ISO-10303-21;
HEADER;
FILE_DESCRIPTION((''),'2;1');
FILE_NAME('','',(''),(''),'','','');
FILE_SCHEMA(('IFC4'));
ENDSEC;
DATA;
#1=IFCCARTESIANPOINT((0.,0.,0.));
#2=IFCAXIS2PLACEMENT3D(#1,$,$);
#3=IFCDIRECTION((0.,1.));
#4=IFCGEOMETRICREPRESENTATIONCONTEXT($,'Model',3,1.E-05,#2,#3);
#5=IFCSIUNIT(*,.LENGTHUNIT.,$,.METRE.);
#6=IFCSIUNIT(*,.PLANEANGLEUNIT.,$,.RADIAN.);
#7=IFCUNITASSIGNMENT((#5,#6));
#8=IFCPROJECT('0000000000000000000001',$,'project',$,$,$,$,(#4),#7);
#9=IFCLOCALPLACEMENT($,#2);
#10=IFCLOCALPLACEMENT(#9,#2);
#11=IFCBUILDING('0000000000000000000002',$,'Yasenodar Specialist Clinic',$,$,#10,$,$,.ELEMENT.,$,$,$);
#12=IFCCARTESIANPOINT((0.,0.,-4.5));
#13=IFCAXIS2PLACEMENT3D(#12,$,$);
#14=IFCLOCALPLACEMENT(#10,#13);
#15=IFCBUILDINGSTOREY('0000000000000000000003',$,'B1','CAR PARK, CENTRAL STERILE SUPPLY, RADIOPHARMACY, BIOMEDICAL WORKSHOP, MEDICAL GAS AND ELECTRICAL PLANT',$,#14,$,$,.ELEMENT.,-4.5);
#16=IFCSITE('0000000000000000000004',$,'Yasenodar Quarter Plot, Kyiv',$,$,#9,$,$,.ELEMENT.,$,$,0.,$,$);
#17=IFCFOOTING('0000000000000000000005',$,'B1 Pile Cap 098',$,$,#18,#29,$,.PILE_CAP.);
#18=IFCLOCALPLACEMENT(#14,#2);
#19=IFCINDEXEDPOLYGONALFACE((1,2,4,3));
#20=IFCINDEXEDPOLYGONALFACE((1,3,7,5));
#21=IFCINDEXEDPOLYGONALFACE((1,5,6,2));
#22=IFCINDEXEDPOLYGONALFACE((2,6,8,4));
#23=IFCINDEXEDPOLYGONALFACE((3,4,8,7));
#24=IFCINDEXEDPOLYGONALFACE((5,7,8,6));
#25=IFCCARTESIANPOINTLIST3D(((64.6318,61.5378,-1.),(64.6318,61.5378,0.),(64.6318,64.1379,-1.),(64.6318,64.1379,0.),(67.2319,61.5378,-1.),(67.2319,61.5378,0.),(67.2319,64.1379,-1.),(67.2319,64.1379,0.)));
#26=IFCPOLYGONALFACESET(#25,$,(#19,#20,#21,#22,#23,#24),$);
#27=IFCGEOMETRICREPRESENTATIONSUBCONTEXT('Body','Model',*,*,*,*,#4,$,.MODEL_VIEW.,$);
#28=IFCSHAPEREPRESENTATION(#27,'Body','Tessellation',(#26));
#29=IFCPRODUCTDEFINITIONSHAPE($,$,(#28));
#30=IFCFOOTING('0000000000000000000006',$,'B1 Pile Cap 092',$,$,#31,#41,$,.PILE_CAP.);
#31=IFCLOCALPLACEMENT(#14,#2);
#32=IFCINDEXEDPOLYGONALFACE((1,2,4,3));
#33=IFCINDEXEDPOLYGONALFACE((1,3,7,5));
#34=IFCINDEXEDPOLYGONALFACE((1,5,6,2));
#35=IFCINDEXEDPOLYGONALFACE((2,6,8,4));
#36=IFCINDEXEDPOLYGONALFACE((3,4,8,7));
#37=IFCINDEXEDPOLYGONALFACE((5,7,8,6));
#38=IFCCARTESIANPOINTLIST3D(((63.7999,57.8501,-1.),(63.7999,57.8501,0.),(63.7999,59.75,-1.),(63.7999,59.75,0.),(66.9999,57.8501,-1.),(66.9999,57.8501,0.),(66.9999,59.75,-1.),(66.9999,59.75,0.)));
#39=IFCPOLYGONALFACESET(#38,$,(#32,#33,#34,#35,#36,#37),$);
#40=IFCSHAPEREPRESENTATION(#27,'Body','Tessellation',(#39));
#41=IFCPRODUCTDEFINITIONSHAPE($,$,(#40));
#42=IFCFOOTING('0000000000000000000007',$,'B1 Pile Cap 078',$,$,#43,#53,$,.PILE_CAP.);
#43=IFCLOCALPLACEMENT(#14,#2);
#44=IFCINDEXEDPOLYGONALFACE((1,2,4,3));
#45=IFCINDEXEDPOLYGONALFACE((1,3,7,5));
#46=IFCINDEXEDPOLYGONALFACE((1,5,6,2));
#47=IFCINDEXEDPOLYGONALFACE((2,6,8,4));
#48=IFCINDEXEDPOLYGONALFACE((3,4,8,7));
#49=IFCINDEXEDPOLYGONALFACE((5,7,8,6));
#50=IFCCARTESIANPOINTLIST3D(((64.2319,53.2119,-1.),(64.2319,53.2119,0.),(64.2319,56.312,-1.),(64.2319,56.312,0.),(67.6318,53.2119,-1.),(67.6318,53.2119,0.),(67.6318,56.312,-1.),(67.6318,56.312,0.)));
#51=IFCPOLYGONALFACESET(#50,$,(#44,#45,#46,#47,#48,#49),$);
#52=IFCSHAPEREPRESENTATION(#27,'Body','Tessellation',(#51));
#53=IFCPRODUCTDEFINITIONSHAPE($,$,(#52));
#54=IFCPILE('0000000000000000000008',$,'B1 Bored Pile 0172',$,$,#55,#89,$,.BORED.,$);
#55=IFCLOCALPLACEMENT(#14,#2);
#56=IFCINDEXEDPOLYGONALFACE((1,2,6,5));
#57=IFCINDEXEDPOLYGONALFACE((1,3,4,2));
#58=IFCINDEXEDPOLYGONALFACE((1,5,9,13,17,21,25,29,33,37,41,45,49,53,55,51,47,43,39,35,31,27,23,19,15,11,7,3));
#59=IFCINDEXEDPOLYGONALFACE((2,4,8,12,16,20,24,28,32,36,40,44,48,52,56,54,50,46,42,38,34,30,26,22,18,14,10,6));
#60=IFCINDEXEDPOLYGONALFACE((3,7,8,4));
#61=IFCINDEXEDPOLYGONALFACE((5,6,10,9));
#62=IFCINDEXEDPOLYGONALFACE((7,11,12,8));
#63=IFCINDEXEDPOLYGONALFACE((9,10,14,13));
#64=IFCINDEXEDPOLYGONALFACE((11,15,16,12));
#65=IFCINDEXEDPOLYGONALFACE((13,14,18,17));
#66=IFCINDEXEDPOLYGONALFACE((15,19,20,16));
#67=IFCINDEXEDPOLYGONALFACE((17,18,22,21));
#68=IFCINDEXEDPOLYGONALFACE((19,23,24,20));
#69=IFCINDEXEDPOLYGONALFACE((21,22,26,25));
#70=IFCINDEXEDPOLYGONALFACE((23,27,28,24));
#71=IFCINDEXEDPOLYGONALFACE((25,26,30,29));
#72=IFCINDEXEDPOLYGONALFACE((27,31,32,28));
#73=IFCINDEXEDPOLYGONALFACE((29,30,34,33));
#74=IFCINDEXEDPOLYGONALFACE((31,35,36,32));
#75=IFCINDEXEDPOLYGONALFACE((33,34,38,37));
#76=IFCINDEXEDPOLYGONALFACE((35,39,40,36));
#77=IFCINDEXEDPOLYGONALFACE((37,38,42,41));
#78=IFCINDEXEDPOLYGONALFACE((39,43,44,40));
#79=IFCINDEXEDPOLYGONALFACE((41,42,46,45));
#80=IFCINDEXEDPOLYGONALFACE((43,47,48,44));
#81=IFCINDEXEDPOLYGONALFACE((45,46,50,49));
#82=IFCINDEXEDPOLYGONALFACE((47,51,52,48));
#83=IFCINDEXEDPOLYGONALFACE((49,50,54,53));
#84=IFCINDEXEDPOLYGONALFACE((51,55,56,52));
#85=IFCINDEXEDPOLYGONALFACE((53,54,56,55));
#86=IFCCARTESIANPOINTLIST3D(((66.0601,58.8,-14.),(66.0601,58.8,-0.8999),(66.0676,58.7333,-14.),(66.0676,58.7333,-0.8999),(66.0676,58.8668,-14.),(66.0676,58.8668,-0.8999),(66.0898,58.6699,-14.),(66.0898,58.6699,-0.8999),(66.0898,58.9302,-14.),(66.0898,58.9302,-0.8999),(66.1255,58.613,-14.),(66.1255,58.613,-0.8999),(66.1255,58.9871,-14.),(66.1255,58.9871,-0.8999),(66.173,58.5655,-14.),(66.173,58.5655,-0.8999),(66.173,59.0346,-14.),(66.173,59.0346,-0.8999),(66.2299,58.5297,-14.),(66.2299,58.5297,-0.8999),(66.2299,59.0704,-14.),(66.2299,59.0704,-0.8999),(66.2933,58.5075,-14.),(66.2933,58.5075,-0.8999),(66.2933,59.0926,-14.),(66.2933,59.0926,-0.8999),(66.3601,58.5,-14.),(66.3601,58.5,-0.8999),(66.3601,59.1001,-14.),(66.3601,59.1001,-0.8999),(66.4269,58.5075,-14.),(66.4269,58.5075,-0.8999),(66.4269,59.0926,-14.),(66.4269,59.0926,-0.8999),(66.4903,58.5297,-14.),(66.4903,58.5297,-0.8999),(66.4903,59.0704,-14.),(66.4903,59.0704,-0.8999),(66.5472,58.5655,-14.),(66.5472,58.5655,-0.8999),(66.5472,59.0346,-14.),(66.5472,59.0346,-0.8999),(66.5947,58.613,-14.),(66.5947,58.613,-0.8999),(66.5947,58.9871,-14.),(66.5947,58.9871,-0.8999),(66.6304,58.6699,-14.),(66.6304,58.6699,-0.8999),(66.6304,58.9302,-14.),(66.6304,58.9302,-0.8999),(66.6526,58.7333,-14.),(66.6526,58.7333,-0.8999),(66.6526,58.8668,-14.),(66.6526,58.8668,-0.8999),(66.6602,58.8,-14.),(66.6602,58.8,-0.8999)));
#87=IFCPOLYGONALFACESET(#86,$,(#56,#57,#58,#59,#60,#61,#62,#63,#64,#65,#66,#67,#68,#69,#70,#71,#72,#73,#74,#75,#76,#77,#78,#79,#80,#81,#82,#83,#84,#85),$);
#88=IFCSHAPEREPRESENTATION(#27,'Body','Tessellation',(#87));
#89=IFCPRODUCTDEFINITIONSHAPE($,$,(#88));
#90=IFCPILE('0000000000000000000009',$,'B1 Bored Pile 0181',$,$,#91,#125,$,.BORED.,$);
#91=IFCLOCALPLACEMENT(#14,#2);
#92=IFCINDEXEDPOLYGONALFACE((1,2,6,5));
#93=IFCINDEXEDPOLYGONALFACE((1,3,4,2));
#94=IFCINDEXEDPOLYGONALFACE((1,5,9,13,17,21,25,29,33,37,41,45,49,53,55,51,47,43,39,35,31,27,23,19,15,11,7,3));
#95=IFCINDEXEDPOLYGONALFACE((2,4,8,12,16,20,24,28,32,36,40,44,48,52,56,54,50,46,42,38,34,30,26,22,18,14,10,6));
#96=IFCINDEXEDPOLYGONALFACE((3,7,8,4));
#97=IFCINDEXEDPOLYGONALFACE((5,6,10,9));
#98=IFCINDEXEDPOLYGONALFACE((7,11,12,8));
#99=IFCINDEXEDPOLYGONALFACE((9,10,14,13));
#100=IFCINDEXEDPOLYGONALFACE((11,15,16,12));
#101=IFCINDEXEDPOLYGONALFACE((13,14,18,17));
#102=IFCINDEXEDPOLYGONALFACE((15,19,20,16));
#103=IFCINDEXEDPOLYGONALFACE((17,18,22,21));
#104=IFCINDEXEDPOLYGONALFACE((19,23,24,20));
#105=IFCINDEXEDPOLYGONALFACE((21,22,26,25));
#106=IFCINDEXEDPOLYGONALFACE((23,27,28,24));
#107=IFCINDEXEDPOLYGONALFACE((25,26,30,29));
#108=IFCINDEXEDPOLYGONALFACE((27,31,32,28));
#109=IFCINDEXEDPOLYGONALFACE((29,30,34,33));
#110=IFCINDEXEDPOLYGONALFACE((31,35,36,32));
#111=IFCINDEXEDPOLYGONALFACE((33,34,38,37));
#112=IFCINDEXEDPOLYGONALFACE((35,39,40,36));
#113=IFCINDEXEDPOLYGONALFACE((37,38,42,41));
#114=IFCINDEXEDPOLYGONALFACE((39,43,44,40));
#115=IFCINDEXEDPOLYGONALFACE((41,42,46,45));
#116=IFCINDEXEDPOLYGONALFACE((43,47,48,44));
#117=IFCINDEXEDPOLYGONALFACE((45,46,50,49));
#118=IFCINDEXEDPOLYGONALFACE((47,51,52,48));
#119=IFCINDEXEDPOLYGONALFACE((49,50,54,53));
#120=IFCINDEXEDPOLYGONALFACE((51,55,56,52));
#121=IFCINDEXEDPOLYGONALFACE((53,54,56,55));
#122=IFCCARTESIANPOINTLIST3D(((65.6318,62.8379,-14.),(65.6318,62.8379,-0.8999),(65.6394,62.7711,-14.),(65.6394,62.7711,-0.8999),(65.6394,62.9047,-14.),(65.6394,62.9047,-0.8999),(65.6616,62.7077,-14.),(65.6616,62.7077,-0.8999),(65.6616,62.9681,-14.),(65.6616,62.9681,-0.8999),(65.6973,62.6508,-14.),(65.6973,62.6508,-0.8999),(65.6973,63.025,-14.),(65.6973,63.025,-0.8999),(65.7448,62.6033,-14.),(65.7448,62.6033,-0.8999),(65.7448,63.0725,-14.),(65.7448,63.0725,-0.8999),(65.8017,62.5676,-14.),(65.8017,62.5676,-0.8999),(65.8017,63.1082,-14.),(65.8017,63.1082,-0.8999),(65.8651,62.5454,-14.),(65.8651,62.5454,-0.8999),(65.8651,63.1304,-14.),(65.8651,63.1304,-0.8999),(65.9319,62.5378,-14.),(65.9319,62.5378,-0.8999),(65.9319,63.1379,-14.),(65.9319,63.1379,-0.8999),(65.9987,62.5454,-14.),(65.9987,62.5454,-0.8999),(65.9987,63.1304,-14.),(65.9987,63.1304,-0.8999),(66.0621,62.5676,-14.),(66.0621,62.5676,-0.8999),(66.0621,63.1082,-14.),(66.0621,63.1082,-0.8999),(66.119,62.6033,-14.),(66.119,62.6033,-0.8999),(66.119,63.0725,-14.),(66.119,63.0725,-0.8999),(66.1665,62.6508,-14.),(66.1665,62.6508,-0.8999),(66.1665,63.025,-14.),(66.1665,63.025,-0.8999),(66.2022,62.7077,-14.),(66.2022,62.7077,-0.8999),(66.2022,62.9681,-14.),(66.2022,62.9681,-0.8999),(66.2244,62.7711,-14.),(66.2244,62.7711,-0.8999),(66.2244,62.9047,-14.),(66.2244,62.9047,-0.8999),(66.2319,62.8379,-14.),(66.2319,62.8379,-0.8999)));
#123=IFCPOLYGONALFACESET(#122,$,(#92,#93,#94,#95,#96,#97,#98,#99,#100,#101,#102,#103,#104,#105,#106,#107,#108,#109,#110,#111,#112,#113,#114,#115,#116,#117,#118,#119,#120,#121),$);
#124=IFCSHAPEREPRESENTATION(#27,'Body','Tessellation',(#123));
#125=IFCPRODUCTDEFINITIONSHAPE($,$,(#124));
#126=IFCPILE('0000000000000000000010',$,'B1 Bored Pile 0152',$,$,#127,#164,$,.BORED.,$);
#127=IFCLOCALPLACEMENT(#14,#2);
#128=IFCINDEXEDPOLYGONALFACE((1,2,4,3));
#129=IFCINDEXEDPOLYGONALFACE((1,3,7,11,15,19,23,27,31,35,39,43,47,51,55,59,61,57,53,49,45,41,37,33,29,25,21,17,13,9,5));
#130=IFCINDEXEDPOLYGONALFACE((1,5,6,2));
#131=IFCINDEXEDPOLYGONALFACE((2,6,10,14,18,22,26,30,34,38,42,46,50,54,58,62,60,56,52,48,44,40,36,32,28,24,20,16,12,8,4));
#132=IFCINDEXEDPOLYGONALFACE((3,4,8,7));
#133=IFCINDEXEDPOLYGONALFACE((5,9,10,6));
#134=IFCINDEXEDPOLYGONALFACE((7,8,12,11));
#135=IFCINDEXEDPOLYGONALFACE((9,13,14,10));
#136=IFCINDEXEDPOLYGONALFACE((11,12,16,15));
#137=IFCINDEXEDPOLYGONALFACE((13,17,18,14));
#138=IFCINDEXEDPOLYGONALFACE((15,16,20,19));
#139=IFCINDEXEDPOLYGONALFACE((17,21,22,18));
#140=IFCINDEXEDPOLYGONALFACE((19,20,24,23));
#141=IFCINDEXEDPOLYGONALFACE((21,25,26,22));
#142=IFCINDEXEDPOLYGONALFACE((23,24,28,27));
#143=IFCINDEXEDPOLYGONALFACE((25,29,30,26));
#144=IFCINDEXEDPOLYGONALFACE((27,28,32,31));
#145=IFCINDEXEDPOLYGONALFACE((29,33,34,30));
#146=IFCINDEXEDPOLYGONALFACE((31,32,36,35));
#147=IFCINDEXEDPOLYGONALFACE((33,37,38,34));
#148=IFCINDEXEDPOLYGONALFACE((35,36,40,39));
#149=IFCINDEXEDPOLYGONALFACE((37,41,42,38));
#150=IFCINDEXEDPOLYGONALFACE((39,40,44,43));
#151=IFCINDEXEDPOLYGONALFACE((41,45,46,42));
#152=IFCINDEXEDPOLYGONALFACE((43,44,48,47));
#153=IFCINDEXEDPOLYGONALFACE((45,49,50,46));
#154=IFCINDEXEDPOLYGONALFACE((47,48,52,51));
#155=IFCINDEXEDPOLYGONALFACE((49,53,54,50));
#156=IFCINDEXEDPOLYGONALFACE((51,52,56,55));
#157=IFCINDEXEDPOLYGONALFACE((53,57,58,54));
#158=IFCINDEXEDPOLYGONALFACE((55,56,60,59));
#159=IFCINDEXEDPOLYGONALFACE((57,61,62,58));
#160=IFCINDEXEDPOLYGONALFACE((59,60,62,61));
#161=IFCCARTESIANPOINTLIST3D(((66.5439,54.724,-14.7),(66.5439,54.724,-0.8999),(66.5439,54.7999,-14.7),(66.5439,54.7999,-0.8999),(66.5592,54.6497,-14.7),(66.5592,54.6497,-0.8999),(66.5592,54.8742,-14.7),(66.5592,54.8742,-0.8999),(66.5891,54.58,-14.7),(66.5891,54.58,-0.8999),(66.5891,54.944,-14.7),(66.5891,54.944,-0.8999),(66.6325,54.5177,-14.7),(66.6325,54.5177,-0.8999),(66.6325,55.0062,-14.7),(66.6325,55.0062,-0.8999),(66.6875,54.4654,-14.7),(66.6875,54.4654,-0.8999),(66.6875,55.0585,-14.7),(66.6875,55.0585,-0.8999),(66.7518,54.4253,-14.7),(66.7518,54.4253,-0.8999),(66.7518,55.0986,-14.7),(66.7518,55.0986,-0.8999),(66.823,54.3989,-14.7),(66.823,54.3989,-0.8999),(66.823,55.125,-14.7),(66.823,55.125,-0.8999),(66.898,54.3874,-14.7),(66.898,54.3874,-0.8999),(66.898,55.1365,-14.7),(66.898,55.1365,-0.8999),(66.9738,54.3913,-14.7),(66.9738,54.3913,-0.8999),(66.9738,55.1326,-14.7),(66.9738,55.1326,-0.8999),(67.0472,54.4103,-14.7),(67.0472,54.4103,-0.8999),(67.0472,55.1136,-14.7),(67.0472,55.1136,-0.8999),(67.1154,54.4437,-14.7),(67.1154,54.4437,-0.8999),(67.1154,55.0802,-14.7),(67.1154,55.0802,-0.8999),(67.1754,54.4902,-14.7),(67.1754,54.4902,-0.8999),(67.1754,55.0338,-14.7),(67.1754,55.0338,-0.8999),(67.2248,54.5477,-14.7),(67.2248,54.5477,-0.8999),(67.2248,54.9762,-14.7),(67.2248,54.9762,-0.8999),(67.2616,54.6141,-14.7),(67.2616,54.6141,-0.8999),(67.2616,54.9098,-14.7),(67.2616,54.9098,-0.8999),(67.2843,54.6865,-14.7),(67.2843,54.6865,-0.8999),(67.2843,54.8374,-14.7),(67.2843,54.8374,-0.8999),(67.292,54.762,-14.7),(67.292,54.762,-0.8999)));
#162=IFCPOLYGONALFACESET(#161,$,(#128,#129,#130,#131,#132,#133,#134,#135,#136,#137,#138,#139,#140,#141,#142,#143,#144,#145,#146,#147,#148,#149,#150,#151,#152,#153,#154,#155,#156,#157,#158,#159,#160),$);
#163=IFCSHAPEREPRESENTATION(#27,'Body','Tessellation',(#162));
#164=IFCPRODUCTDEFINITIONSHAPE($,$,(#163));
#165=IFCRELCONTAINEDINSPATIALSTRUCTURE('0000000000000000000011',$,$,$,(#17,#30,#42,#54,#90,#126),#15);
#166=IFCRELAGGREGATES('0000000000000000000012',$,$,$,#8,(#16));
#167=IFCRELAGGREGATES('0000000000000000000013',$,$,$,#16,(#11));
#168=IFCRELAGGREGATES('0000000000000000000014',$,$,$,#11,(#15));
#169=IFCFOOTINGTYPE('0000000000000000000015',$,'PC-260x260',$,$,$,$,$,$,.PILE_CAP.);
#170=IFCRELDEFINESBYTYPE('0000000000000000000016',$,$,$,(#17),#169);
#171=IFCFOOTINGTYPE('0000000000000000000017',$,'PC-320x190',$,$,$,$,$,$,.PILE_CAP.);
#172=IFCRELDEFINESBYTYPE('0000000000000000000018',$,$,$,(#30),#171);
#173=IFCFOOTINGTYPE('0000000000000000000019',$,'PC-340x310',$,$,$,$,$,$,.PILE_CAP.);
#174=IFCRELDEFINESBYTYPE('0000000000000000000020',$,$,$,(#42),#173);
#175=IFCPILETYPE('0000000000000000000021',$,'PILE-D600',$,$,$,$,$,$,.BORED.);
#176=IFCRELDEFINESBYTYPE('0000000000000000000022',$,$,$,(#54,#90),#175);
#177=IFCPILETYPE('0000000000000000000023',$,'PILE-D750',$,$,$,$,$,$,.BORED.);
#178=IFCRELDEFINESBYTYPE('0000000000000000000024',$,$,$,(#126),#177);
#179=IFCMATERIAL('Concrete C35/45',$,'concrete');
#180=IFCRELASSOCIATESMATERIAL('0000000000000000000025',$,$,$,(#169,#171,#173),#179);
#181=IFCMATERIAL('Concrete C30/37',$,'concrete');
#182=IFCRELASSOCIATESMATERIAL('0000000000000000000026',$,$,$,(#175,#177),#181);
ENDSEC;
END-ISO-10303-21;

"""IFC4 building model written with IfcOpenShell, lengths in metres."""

from ifc_helpers import new_model, si_unit, direction, frame, origin, origin_2d, place, context, subcontext, project, spatial, rectangle, circle, extrude, material, material_profile, profile_set, type_object, element, save


model = new_model("IFC4")

# Units and contexts
model_context = context("Model", 3, precision=1e-05, world=origin(), true_north=direction((0.0, 1.0)))
body_context = subcontext(model_context, "Body", "Model", "MODEL_VIEW")
ifc_project = project(units=[si_unit("LENGTHUNIT", "METRE"), si_unit("PLANEANGLEUNIT", "RADIAN")], contexts=[model_context])

# Site, building, storey
site_placement = place(None, origin())
site = spatial("IfcSite", under=ifc_project, at=site_placement, Name="Yasenodar Quarter Plot, Kyiv", CompositionType="ELEMENT", RefElevation=0.0)
building_placement = place(site_placement, origin())
building = spatial("IfcBuilding", under=site, at=building_placement, Name="Yasenodar Specialist Clinic", CompositionType="ELEMENT")
storey_placement = place(building_placement, frame((0.0, 0.0, -4.5)))
storey = spatial("IfcBuildingStorey", under=building, at=storey_placement, Name="B1", Description="CAR PARK, CENTRAL STERILE SUPPLY, RADIOPHARMACY, BIOMEDICAL WORKSHOP, MEDICAL GAS AND ELECTRICAL PLANT", CompositionType="ELEMENT", Elevation=-4.5)

# Footings
ifc_material_1 = material(Name="Concrete C35/45", Category="concrete")
footing_type_1 = type_object("IfcFootingType", Name="PC-260x260", PredefinedType="PILE_CAP", material=ifc_material_1)
footing_1_placement = place(storey_placement, frame((65.9319, 62.8379, -1.0), z_axis=(0.0, 0.0, 1.0), x_axis=(1.0, 0.0, 0.0)))
element("IfcFooting", 1, at=footing_1_placement, inside=storey, type_object=footing_type_1, Name="B1 Pile Cap 098", PredefinedType="PILE_CAP", context=body_context, shape_type="SweptSolid", body=[
    extrude(rectangle(XDim=2.6001, YDim=2.6001, at=origin_2d()), origin(), (0.0, 0.0, 1.0), 1.0),
])
footing_type_2 = type_object("IfcFootingType", Name="PC-320x190", PredefinedType="PILE_CAP", material=ifc_material_1)
footing_2_placement = place(storey_placement, frame((65.3999, 58.8, -1.0), z_axis=(0.0, 0.0, 1.0), x_axis=(1.0, 0.0, 0.0)))
element("IfcFooting", 2, at=footing_2_placement, inside=storey, type_object=footing_type_2, Name="B1 Pile Cap 092", PredefinedType="PILE_CAP", context=body_context, shape_type="SweptSolid", body=[
    extrude(rectangle(XDim=3.2, YDim=1.8999, at=origin_2d()), origin(), (0.0, 0.0, 1.0), 1.0),
])
footing_type_3 = type_object("IfcFootingType", Name="PC-340x310", PredefinedType="PILE_CAP", material=ifc_material_1)
footing_3_placement = place(storey_placement, frame((65.9319, 54.762, -1.0), z_axis=(0.0, 0.0, 1.0), x_axis=(1.0, 0.0, 0.0)))
element("IfcFooting", 3, at=footing_3_placement, inside=storey, type_object=footing_type_3, Name="B1 Pile Cap 078", PredefinedType="PILE_CAP", context=body_context, shape_type="SweptSolid", body=[
    extrude(rectangle(XDim=3.3999, YDim=3.1001, at=origin_2d()), origin(), (0.0, 0.0, 1.0), 1.0),
])

# Piles
ifc_material_2 = material(Name="Concrete C30/37", Category="concrete")
ifc_material_profile_1 = material_profile(ifc_material_2, circle(Radius=0.3, at=origin_2d()), Name="PILE D600")
ifc_profile_set_1 = profile_set([ifc_material_profile_1], Name="Concrete C30/37")
pile_type_1 = type_object("IfcPileType", Name="PILE-D600", PredefinedType="BORED", material=ifc_profile_set_1)
for number, where, z_axis, x_axis, name in (
    (4, (66.3601, 58.8, -0.8999), (0.0, 0.0, -1.0), (1.0, 0.0, 0.0), "B1 Bored Pile 0172"),
    (5, (65.9319, 62.8379, -0.8999), (0.0, 0.0, -1.0), (1.0, 0.0, 0.0), "B1 Bored Pile 0181"),
):
    element("IfcPile", number, at=place(storey_placement, frame(where, z_axis=z_axis, x_axis=x_axis)), inside=storey, type_object=pile_type_1, Name=name, PredefinedType="BORED", context=body_context, shape_type="SweptSolid", body=[
        extrude(circle(Radius=0.3, at=origin_2d()), origin(), (0.0, 0.0, 1.0), 13.1001),
    ])
ifc_material_profile_2 = material_profile(ifc_material_2, circle(Radius=0.375, at=origin_2d()), Name="PILE D750")
ifc_profile_set_2 = profile_set([ifc_material_profile_2], Name="Concrete C30/37")
pile_type_2 = type_object("IfcPileType", Name="PILE-D750", PredefinedType="BORED", material=ifc_profile_set_2)
pile_placement = place(storey_placement, frame((66.917, 54.762, -0.8999), z_axis=(0.0, 0.0, -1.0), x_axis=(1.0, 0.0, 0.0)))
element("IfcPile", 6, at=pile_placement, inside=storey, type_object=pile_type_2, Name="B1 Bored Pile 0152", PredefinedType="BORED", context=body_context, shape_type="SweptSolid", body=[
    extrude(circle(Radius=0.375, at=origin_2d()), origin(), (0.0, 0.0, 1.0), 13.8),
])

save(model, "model.ifc")
